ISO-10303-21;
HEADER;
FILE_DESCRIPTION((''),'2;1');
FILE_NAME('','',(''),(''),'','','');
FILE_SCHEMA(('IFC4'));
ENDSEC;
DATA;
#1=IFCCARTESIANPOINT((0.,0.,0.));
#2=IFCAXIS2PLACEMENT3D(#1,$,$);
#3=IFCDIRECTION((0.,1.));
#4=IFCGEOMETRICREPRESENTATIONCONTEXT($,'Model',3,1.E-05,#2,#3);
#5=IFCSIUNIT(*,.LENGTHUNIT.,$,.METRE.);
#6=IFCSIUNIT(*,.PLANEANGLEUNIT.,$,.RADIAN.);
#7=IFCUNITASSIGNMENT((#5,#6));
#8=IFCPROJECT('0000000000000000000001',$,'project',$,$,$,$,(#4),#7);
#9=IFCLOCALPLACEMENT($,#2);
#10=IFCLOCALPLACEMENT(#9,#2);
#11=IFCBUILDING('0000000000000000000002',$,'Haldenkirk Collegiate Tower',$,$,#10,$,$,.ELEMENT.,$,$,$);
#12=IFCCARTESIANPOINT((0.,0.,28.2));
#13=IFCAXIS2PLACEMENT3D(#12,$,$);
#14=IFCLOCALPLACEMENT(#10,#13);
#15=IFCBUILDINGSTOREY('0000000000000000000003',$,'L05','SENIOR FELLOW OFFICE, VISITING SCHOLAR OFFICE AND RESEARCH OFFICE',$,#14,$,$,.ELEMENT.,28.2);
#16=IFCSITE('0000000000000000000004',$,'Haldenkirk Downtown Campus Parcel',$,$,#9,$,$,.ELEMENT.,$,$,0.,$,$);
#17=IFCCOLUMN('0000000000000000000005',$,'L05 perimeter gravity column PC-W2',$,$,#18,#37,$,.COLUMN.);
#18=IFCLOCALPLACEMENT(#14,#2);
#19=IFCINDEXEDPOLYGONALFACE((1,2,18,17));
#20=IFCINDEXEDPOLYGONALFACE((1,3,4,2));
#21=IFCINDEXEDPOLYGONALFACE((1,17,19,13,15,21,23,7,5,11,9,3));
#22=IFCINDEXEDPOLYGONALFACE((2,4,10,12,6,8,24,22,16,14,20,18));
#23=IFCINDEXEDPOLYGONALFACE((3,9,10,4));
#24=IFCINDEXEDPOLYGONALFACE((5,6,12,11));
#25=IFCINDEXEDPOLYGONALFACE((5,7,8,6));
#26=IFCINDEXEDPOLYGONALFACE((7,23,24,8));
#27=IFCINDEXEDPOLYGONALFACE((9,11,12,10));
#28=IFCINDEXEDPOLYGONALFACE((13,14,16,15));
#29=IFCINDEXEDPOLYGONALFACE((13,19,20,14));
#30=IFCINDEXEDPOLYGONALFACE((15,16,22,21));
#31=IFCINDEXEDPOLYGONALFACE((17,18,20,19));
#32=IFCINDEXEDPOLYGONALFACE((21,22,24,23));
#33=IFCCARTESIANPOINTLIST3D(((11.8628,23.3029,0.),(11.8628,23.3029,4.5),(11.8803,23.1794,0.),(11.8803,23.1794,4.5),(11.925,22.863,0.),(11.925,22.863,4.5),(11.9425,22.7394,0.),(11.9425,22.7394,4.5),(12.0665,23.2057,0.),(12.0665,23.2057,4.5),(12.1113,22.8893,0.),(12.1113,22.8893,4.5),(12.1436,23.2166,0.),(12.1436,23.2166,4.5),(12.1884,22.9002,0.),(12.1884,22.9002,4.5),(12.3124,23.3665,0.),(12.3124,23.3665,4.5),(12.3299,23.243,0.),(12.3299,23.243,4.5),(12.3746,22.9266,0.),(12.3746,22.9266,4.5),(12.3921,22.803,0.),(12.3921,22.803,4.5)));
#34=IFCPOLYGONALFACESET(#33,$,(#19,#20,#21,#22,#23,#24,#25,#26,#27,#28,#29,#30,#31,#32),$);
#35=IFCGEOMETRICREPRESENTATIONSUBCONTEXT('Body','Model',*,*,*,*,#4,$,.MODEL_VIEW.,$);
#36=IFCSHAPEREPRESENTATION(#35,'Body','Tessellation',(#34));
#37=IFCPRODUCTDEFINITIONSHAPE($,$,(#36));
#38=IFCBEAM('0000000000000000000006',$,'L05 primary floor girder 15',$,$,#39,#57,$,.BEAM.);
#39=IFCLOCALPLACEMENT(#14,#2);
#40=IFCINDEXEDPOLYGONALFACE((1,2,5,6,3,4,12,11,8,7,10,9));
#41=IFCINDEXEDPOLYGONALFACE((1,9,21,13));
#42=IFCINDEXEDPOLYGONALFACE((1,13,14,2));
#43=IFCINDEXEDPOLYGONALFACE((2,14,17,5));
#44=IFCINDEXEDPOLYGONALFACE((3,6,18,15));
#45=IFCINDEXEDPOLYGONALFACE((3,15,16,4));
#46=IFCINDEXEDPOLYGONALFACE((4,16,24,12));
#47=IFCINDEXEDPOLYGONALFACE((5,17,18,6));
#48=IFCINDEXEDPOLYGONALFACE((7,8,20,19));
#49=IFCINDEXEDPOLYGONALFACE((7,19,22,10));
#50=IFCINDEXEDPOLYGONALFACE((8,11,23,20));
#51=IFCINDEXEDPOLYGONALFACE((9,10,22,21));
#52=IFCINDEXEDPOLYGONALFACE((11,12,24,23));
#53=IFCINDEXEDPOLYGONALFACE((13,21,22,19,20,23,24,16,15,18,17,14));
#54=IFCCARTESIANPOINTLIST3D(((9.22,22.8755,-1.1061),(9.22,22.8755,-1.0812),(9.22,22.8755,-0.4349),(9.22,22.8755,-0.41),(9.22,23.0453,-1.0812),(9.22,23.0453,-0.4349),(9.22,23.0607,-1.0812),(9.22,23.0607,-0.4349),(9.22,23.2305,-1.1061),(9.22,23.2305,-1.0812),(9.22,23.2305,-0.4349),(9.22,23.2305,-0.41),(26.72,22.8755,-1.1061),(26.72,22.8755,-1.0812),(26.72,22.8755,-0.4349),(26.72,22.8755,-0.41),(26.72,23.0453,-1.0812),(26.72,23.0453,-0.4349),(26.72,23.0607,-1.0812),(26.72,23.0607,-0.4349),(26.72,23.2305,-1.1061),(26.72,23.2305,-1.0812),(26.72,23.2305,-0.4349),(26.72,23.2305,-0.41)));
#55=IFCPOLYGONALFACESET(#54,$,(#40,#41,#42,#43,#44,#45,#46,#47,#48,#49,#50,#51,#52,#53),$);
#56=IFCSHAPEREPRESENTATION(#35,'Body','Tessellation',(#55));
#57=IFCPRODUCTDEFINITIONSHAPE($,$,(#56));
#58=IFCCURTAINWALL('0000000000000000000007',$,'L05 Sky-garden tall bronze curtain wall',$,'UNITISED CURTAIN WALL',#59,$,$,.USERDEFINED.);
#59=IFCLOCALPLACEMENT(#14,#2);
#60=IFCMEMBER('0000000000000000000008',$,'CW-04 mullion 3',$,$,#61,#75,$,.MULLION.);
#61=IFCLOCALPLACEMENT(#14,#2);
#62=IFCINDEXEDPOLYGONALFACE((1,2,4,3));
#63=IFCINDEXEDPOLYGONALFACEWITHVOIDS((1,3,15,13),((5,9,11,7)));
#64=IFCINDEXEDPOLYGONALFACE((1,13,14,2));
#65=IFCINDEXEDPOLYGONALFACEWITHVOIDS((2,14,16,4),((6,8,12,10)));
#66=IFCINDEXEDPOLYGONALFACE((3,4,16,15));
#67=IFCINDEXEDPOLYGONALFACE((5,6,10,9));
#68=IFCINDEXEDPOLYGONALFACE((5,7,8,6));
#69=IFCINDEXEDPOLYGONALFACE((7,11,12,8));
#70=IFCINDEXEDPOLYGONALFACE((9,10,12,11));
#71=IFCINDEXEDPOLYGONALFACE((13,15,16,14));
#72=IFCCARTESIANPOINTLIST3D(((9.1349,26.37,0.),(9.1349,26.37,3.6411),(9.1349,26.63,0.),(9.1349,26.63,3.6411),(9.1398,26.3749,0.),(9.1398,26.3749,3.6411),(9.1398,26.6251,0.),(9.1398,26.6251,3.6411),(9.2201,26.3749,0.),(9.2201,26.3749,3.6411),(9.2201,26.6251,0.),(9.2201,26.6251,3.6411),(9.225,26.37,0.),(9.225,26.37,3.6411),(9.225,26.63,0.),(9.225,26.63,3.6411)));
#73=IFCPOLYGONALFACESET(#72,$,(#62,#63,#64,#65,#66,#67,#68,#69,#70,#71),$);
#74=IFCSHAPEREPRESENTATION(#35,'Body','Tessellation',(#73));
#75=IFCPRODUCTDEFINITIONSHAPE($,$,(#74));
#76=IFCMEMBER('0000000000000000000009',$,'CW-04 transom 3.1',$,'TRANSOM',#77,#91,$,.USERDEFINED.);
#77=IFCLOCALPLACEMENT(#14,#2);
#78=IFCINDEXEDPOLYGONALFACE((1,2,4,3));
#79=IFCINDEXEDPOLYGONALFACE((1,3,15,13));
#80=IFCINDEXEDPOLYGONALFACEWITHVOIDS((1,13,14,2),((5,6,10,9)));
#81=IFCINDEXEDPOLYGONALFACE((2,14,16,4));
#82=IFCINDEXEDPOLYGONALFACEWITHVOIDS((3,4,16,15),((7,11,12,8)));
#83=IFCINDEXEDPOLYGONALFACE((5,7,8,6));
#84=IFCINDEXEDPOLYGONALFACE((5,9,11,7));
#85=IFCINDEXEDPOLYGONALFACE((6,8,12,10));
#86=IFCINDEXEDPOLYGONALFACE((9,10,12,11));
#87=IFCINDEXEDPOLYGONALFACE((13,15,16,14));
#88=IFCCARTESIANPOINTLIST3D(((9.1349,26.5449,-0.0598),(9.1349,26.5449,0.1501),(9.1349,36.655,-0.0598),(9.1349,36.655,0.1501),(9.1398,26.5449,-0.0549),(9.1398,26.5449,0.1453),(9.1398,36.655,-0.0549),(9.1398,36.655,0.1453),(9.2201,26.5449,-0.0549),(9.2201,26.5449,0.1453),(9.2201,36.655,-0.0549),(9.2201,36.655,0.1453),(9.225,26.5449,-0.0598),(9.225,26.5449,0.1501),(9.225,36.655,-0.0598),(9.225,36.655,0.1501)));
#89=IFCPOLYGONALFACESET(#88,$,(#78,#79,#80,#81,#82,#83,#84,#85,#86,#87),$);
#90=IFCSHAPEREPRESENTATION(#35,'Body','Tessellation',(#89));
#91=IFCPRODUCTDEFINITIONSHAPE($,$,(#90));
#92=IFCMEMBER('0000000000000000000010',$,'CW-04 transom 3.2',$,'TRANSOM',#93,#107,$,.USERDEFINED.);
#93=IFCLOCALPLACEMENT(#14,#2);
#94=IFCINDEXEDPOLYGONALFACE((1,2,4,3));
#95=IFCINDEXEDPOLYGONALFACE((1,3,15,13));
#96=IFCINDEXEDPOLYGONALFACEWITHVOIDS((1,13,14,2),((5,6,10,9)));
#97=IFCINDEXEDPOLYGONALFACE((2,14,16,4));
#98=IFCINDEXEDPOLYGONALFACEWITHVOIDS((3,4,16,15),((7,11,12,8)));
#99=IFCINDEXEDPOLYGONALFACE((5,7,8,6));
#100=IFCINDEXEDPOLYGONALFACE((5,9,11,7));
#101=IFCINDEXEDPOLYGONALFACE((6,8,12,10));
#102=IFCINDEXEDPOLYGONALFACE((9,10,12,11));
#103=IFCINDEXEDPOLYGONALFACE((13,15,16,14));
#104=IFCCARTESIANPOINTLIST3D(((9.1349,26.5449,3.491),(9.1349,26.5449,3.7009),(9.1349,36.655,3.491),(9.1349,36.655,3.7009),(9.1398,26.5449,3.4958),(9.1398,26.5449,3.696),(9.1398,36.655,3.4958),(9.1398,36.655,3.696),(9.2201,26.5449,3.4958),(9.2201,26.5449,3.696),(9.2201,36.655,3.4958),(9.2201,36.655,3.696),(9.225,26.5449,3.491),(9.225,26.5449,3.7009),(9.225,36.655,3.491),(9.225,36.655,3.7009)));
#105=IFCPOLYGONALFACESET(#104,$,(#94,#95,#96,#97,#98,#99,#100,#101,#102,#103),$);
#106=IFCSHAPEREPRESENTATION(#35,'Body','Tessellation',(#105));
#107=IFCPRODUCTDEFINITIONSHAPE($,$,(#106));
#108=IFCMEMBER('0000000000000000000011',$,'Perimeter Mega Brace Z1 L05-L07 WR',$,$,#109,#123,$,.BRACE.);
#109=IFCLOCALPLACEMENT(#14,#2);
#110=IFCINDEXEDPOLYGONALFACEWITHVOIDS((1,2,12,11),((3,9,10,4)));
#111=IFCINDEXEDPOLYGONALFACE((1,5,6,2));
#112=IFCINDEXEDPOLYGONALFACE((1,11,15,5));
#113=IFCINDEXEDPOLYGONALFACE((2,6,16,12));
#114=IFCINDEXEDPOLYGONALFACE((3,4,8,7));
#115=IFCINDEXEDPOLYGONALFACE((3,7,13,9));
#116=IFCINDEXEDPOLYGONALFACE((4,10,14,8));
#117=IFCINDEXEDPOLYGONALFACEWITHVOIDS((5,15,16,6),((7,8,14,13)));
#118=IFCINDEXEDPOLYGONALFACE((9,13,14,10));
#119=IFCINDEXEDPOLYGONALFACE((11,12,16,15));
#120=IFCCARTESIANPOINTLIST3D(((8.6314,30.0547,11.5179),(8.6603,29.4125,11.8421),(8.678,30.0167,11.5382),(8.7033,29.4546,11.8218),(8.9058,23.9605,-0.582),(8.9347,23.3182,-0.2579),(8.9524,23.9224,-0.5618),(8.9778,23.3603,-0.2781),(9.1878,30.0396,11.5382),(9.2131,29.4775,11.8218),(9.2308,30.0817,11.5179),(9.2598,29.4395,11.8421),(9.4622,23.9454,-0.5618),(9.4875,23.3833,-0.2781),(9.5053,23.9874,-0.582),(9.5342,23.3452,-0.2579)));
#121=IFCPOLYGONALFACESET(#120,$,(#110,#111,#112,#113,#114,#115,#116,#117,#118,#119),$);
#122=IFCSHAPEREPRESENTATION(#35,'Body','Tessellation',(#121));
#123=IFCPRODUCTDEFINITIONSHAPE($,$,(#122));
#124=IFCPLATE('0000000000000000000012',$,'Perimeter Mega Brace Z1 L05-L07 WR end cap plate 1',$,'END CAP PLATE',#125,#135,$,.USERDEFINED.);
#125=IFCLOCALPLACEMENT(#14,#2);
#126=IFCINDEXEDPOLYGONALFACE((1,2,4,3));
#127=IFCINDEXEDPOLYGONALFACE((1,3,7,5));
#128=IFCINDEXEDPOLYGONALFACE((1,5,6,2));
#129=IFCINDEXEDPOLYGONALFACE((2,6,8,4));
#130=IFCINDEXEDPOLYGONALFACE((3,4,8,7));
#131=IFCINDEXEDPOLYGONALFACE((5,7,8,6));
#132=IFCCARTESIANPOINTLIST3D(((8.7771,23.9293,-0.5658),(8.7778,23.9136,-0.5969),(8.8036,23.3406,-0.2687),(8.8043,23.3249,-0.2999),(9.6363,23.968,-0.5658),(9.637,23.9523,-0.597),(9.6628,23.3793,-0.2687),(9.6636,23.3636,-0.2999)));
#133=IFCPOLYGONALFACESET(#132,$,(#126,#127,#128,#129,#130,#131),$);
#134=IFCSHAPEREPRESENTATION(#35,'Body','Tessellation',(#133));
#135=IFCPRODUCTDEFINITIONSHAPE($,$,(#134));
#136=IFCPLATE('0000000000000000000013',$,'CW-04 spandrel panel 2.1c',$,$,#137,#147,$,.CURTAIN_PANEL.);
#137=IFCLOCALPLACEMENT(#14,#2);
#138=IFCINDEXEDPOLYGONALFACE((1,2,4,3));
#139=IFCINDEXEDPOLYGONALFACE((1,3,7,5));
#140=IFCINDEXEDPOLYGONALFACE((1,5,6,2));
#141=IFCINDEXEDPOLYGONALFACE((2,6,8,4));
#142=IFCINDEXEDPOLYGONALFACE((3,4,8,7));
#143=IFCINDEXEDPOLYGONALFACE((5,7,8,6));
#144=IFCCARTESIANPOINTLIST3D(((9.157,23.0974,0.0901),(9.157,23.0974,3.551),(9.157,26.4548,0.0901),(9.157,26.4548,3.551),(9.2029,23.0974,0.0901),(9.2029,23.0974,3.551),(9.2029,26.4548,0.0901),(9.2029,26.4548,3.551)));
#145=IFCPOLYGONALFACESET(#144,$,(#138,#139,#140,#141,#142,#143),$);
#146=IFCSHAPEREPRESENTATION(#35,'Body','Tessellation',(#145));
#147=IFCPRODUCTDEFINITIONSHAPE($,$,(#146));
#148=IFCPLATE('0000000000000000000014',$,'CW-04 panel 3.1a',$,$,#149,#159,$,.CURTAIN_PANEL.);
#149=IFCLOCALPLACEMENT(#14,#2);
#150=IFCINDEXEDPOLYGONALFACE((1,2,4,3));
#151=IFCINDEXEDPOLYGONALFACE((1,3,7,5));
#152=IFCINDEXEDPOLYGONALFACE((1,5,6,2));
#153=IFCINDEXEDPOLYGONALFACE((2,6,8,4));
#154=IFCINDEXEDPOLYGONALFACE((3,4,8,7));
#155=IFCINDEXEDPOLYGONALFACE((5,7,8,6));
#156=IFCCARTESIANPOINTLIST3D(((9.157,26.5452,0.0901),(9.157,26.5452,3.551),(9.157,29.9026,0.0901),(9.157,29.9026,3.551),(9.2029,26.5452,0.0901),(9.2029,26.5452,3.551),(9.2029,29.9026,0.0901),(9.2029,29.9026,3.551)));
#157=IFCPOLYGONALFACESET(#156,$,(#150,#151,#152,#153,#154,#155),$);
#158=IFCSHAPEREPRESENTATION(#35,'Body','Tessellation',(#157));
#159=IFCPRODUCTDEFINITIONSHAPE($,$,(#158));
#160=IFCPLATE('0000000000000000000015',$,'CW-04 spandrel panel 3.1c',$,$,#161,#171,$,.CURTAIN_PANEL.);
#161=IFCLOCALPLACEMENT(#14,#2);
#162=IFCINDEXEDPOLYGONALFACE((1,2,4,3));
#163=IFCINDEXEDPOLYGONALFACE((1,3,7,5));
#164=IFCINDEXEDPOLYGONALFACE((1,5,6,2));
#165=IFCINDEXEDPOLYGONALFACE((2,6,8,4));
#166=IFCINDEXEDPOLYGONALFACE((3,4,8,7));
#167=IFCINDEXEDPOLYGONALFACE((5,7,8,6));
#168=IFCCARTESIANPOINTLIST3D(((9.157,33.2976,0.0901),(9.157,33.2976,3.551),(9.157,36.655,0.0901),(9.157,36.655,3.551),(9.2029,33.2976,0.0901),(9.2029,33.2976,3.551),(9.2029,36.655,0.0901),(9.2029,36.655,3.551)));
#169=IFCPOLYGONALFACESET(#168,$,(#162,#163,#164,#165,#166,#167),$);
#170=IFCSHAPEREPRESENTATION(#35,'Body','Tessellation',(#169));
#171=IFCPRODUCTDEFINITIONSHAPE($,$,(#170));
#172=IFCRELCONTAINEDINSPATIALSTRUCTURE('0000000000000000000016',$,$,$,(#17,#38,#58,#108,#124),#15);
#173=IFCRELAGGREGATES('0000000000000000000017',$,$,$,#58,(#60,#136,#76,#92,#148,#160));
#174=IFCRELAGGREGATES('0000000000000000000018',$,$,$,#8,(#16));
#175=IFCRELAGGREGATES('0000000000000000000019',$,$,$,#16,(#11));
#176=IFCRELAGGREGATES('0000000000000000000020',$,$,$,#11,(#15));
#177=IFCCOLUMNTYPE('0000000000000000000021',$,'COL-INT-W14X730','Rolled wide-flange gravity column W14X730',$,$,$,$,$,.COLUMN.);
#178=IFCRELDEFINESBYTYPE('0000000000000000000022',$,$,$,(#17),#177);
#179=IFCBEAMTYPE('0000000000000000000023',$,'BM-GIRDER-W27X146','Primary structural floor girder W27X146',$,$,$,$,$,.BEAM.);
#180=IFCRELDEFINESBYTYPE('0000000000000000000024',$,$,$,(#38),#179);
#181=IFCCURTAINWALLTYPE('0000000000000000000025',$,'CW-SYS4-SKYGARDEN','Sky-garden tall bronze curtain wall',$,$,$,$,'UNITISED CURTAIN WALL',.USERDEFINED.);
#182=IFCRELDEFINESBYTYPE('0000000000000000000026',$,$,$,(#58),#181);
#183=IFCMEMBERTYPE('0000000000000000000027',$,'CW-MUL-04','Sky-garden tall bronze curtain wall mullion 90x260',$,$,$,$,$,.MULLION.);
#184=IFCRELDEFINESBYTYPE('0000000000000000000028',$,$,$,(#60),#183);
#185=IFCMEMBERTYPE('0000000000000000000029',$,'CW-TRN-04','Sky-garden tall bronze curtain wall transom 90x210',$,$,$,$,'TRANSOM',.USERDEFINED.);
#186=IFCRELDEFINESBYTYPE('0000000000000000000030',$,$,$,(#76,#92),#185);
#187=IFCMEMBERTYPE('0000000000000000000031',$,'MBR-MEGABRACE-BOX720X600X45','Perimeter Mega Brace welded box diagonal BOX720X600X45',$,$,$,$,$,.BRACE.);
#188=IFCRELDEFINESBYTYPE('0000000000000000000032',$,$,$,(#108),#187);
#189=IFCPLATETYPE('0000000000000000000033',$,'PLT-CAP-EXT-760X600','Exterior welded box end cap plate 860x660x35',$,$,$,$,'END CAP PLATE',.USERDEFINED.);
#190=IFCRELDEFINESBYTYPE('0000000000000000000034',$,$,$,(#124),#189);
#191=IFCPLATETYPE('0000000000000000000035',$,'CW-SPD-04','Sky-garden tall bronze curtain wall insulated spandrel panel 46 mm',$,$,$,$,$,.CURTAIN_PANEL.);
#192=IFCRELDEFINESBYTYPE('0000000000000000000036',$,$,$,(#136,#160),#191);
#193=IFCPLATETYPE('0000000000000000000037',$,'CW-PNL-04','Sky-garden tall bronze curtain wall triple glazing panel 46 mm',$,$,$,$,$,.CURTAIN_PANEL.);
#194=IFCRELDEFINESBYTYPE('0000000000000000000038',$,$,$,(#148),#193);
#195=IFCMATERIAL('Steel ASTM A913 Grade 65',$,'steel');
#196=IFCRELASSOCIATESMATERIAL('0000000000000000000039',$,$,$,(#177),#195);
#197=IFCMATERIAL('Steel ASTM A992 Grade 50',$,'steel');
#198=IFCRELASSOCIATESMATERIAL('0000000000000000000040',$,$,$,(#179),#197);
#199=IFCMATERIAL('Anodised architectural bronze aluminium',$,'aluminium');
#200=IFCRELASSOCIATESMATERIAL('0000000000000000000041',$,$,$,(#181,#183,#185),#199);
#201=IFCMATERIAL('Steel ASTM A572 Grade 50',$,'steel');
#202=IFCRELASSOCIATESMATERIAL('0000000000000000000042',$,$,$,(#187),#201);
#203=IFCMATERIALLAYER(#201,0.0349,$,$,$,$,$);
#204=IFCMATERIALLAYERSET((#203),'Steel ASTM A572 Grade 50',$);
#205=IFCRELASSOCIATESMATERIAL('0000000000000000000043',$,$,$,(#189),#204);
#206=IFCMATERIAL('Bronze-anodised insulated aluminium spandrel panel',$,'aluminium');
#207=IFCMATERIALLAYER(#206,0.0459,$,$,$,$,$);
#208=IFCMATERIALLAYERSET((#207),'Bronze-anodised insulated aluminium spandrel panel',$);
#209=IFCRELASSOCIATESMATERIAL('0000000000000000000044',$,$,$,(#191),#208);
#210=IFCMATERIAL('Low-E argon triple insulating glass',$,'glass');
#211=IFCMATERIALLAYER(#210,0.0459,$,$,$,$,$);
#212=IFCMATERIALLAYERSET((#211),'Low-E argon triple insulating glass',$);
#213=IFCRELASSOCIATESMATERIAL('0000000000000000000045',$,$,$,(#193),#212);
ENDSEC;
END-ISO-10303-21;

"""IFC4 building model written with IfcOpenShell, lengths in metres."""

from ifc_helpers import new_model, si_unit, direction, frame, origin, origin_2d, place, context, subcontext, project, spatial, rectangle, hollow_rectangle, i_section, extrude, source, transform, mapped, material, layer, layer_set, material_profile, profile_set, type_object, element, aggregate, save


model = new_model("IFC4")

# Units and contexts
model_context = context("Model", 3, precision=1e-05, world=origin(), true_north=direction((0.0, 1.0)))
body_context = subcontext(model_context, "Body", "Model", "MODEL_VIEW")
ifc_project = project(units=[si_unit("LENGTHUNIT", "METRE"), si_unit("PLANEANGLEUNIT", "RADIAN")], contexts=[model_context])

# Site, building, storey
site_placement = place(None, origin())
site = spatial("IfcSite", under=ifc_project, at=site_placement, Name="Haldenkirk Downtown Campus Parcel", CompositionType="ELEMENT", RefElevation=0.0)
building_placement = place(site_placement, origin())
building = spatial("IfcBuilding", under=site, at=building_placement, Name="Haldenkirk Collegiate Tower", CompositionType="ELEMENT")
storey_placement = place(building_placement, frame((0.0, 0.0, 28.2)))
storey = spatial("IfcBuildingStorey", under=building, at=storey_placement, Name="L05", Description="SENIOR FELLOW OFFICE, VISITING SCHOLAR OFFICE AND RESEARCH OFFICE", CompositionType="ELEMENT", Elevation=28.2)

# Column
ifc_material_1 = material(Name="Steel ASTM A913 Grade 65", Category="steel")
ifc_material_profile_1 = material_profile(ifc_material_1, i_section(OverallWidth=0.4541, OverallDepth=0.5691, WebThickness=0.0779, FlangeThickness=0.1248, at=origin_2d()), Name="W14X730")
ifc_profile_set_1 = profile_set([ifc_material_profile_1], Name="Steel ASTM A913 Grade 65")
column_type = type_object("IfcColumnType", Name="COL-INT-W14X730", Description="Rolled wide-flange gravity column W14X730", PredefinedType="COLUMN", material=ifc_profile_set_1)
column_placement = place(storey_placement, frame((12.1274, 23.053, 0.0), z_axis=(0.0, 0.0, 1.0), x_axis=(0.990146, 0.140037, 0.0)))
element("IfcColumn", 1, at=column_placement, inside=storey, type_object=column_type, Name="L05 perimeter gravity column PC-W2", PredefinedType="COLUMN", context=body_context, shape_type="SweptSolid", body=[
    extrude(i_section(OverallWidth=0.4541, OverallDepth=0.5691, WebThickness=0.0779, FlangeThickness=0.1248, at=origin_2d()), origin(), (0.0, 0.0, 1.0), 4.5),
])

# Beam
ifc_material_2 = material(Name="Steel ASTM A992 Grade 50", Category="steel")
ifc_material_profile_2 = material_profile(ifc_material_2, i_section(OverallWidth=0.355, OverallDepth=0.696, WebThickness=0.0154, FlangeThickness=0.0249, at=origin_2d()), Name="W27X146")
ifc_profile_set_2 = profile_set([ifc_material_profile_2], Name="Steel ASTM A992 Grade 50")
beam_type = type_object("IfcBeamType", Name="BM-GIRDER-W27X146", Description="Primary structural floor girder W27X146", PredefinedType="BEAM", material=ifc_profile_set_2)
beam_placement = place(storey_placement, frame((9.22, 23.053, -0.7581), z_axis=(1.0, 0.0, 0.0), x_axis=(0.0, 1.0, 0.0)))
element("IfcBeam", 2, at=beam_placement, inside=storey, type_object=beam_type, Name="L05 primary floor girder 15", PredefinedType="BEAM", context=body_context, shape_type="SweptSolid", body=[
    extrude(i_section(OverallWidth=0.355, OverallDepth=0.696, WebThickness=0.0154, FlangeThickness=0.0249, at=origin_2d()), origin(), (0.0, 0.0, 1.0), 17.5),
])

# Curtain wall, members
ifc_material_3 = material(Name="Anodised architectural bronze aluminium", Category="aluminium")
curtain_wall_type = type_object("IfcCurtainWallType", Name="CW-SYS4-SKYGARDEN", Description="Sky-garden tall bronze curtain wall", ElementType="UNITISED CURTAIN WALL", PredefinedType="USERDEFINED", material=ifc_material_3)
curtain_wall_placement = place(storey_placement, origin())
curtain_wall = element("IfcCurtainWall", 3, at=curtain_wall_placement, inside=storey, type_object=curtain_wall_type, Name="L05 Sky-garden tall bronze curtain wall", ObjectType="UNITISED CURTAIN WALL", PredefinedType="USERDEFINED")
ifc_material_profile_3 = material_profile(ifc_material_3, hollow_rectangle(XDim=0.0901, YDim=0.26, WallThickness=0.0049, at=origin_2d()), Name="CW-MUL-04")
ifc_profile_set_3 = profile_set([ifc_material_profile_3], Name="Anodised architectural bronze aluminium")
member_type_1 = type_object("IfcMemberType", Name="CW-MUL-04", Description="Sky-garden tall bronze curtain wall mullion 90x260", PredefinedType="MULLION", material=ifc_profile_set_3)
member_1_placement = place(storey_placement, frame((9.1799, 26.5, 0.0), z_axis=(0.0, 0.0, 1.0), x_axis=(-1.0, 0.0, 0.0)))
member_1 = element("IfcMember", 4, at=member_1_placement, type_object=member_type_1, Name="CW-04 mullion 3", PredefinedType="MULLION", context=body_context, shape_type="SweptSolid", body=[
    extrude(hollow_rectangle(XDim=0.0901, YDim=0.26, WallThickness=0.0049, at=origin_2d()), origin(), (0.0, 0.0, 1.0), 3.6411),
])
ifc_material_profile_4 = material_profile(ifc_material_3, hollow_rectangle(XDim=0.0901, YDim=0.21, WallThickness=0.0049, at=origin_2d()), Name="CW-TRN-04")
ifc_profile_set_4 = profile_set([ifc_material_profile_4], Name="Anodised architectural bronze aluminium")
member_type_2 = type_object("IfcMemberType", Name="CW-TRN-04", Description="Sky-garden tall bronze curtain wall transom 90x210", ElementType="TRANSOM", PredefinedType="USERDEFINED", material=ifc_profile_set_4)
member_2_placement = place(storey_placement, frame((9.1799, 26.5449, 0.0452), z_axis=(0.0, 1.0, 0.0), x_axis=(-1.0, 0.0, 0.0)))
member_2 = element("IfcMember", 5, at=member_2_placement, type_object=member_type_2, Name="CW-04 transom 3.1", ObjectType="TRANSOM", PredefinedType="USERDEFINED", context=body_context, shape_type="SweptSolid", body=[
    extrude(hollow_rectangle(XDim=0.0901, YDim=0.21, WallThickness=0.0049, at=origin_2d()), origin(), (0.0, 0.0, 1.0), 10.1101),
])
member_3_placement = place(storey_placement, frame((9.1799, 26.5449, 3.5959), z_axis=(0.0, 1.0, 0.0), x_axis=(-1.0, 0.0, 0.0)))
member_3 = element("IfcMember", 6, at=member_3_placement, type_object=member_type_2, Name="CW-04 transom 3.2", ObjectType="TRANSOM", PredefinedType="USERDEFINED", context=body_context, shape_type="SweptSolid", body=[
    extrude(hollow_rectangle(XDim=0.0901, YDim=0.21, WallThickness=0.0049, at=origin_2d()), origin(), (0.0, 0.0, 1.0), 10.1101),
])

# Member
ifc_material_4 = material(Name="Steel ASTM A572 Grade 50", Category="steel")
ifc_material_profile_5 = material_profile(ifc_material_4, hollow_rectangle(XDim=0.6001, YDim=0.72, WallThickness=0.0449, at=origin_2d()), Name="BOX720X600X45")
ifc_profile_set_5 = profile_set([ifc_material_profile_5], Name="Steel ASTM A572 Grade 50")
member_type_3 = type_object("IfcMemberType", Name="MBR-MEGABRACE-BOX720X600X45", Description="Perimeter Mega Brace welded box diagonal BOX720X600X45", PredefinedType="BRACE", material=ifc_profile_set_5)
member_4_placement = place(storey_placement, frame((9.22, 23.6528, -0.4199), z_axis=(-0.020251, 0.449736, 0.892932), x_axis=(-0.998988, -0.044983, 0.0)))
element("IfcMember", 7, at=member_4_placement, inside=storey, type_object=member_type_3, Name="Perimeter Mega Brace Z1 L05-L07 WR", PredefinedType="BRACE", context=body_context, shape_type="SweptSolid", body=[
    extrude(hollow_rectangle(XDim=0.6001, YDim=0.72, WallThickness=0.0449, at=origin_2d()), origin(), (0.0, 0.0, 1.0), 13.5508),
])

# Plates
ifc_layer_1 = layer(ifc_material_4, 0.0349)
ifc_layer_set_1 = layer_set([ifc_layer_1], Name="Steel ASTM A572 Grade 50")
plate_type_1 = type_object("IfcPlateType", Name="PLT-CAP-EXT-760X600", Description="Exterior welded box end cap plate 860x660x35", ElementType="END CAP PLATE", PredefinedType="USERDEFINED", material=ifc_layer_set_1)
shared_shape_1 = source(origin(), body_context, "Body", "SweptSolid", [
    extrude(rectangle(XDim=0.8601, YDim=0.6599, at=origin_2d()), origin(), (0.0, 0.0, 1.0), 0.0349),
])
plate_1_placement = place(storey_placement, frame((9.22, 23.6543, -0.4172), z_axis=(0.020257, -0.449723, -0.892938), x_axis=(0.998987, 0.044998, 0.0)))
element("IfcPlate", 8, at=plate_1_placement, inside=storey, type_object=plate_type_1, Name="Perimeter Mega Brace Z1 L05-L07 WR end cap plate 1", ObjectType="END CAP PLATE", PredefinedType="USERDEFINED", context=body_context, shape_type="MappedRepresentation", body=[
    mapped(shared_shape_1, transform((0.0, 0.0, 0.0), x_axis=(1.0, 0.0, 0.0), y_axis=(0.0, 1.0, 0.0), z_axis=(0.0, 0.0, 1.0), scale=1.0)),
])
ifc_material_5 = material(Name="Bronze-anodised insulated aluminium spandrel panel", Category="aluminium")
ifc_layer_2 = layer(ifc_material_5, 0.0459)
ifc_layer_set_2 = layer_set([ifc_layer_2], Name="Bronze-anodised insulated aluminium spandrel panel")
plate_type_2 = type_object("IfcPlateType", Name="CW-SPD-04", Description="Sky-garden tall bronze curtain wall insulated spandrel panel 46 mm", PredefinedType="CURTAIN_PANEL", material=ifc_layer_set_2)
shared_shape_2 = source(origin(), body_context, "Body", "SweptSolid", [
    extrude(rectangle(XDim=3.3574, YDim=0.0459, at=origin_2d()), origin(), (0.0, 0.0, 1.0), 3.4609),
])
plate_2_placement = place(storey_placement, frame((9.1799, 24.7761, 0.0901), z_axis=(0.0, 0.0, 1.0), x_axis=(0.0, 1.0, 0.0)))
plate_2 = element("IfcPlate", 9, at=plate_2_placement, type_object=plate_type_2, Name="CW-04 spandrel panel 2.1c", PredefinedType="CURTAIN_PANEL", context=body_context, shape_type="MappedRepresentation", body=[
    mapped(shared_shape_2, transform((0.0, 0.0, 0.0), x_axis=(1.0, 0.0, 0.0), y_axis=(0.0, 1.0, 0.0), z_axis=(0.0, 0.0, 1.0), scale=1.0)),
])
ifc_material_6 = material(Name="Low-E argon triple insulating glass", Category="glass")
ifc_layer_3 = layer(ifc_material_6, 0.0459)
ifc_layer_set_3 = layer_set([ifc_layer_3], Name="Low-E argon triple insulating glass")
plate_type_3 = type_object("IfcPlateType", Name="CW-PNL-04", Description="Sky-garden tall bronze curtain wall triple glazing panel 46 mm", PredefinedType="CURTAIN_PANEL", material=ifc_layer_set_3)
plate_3_placement = place(storey_placement, frame((9.1799, 28.2239, 0.0901), z_axis=(0.0, 0.0, 1.0), x_axis=(0.0, 1.0, 0.0)))
plate_3 = element("IfcPlate", 10, at=plate_3_placement, type_object=plate_type_3, Name="CW-04 panel 3.1a", PredefinedType="CURTAIN_PANEL", context=body_context, shape_type="MappedRepresentation", body=[
    mapped(shared_shape_2, transform((0.0, 0.0, 0.0), x_axis=(1.0, 0.0, 0.0), y_axis=(0.0, 1.0, 0.0), z_axis=(0.0, 0.0, 1.0), scale=1.0)),
])
plate_4_placement = place(storey_placement, frame((9.1799, 34.9763, 0.0901), z_axis=(0.0, 0.0, 1.0), x_axis=(0.0, 1.0, 0.0)))
plate_4 = element("IfcPlate", 11, at=plate_4_placement, type_object=plate_type_2, Name="CW-04 spandrel panel 3.1c", PredefinedType="CURTAIN_PANEL", context=body_context, shape_type="MappedRepresentation", body=[
    mapped(shared_shape_2, transform((0.0, 0.0, 0.0), x_axis=(1.0, 0.0, 0.0), y_axis=(0.0, 1.0, 0.0), z_axis=(0.0, 0.0, 1.0), scale=1.0)),
])
aggregate(curtain_wall, [member_1, plate_2, member_2, member_3, plate_3, plate_4])

save(model, "model.ifc")
